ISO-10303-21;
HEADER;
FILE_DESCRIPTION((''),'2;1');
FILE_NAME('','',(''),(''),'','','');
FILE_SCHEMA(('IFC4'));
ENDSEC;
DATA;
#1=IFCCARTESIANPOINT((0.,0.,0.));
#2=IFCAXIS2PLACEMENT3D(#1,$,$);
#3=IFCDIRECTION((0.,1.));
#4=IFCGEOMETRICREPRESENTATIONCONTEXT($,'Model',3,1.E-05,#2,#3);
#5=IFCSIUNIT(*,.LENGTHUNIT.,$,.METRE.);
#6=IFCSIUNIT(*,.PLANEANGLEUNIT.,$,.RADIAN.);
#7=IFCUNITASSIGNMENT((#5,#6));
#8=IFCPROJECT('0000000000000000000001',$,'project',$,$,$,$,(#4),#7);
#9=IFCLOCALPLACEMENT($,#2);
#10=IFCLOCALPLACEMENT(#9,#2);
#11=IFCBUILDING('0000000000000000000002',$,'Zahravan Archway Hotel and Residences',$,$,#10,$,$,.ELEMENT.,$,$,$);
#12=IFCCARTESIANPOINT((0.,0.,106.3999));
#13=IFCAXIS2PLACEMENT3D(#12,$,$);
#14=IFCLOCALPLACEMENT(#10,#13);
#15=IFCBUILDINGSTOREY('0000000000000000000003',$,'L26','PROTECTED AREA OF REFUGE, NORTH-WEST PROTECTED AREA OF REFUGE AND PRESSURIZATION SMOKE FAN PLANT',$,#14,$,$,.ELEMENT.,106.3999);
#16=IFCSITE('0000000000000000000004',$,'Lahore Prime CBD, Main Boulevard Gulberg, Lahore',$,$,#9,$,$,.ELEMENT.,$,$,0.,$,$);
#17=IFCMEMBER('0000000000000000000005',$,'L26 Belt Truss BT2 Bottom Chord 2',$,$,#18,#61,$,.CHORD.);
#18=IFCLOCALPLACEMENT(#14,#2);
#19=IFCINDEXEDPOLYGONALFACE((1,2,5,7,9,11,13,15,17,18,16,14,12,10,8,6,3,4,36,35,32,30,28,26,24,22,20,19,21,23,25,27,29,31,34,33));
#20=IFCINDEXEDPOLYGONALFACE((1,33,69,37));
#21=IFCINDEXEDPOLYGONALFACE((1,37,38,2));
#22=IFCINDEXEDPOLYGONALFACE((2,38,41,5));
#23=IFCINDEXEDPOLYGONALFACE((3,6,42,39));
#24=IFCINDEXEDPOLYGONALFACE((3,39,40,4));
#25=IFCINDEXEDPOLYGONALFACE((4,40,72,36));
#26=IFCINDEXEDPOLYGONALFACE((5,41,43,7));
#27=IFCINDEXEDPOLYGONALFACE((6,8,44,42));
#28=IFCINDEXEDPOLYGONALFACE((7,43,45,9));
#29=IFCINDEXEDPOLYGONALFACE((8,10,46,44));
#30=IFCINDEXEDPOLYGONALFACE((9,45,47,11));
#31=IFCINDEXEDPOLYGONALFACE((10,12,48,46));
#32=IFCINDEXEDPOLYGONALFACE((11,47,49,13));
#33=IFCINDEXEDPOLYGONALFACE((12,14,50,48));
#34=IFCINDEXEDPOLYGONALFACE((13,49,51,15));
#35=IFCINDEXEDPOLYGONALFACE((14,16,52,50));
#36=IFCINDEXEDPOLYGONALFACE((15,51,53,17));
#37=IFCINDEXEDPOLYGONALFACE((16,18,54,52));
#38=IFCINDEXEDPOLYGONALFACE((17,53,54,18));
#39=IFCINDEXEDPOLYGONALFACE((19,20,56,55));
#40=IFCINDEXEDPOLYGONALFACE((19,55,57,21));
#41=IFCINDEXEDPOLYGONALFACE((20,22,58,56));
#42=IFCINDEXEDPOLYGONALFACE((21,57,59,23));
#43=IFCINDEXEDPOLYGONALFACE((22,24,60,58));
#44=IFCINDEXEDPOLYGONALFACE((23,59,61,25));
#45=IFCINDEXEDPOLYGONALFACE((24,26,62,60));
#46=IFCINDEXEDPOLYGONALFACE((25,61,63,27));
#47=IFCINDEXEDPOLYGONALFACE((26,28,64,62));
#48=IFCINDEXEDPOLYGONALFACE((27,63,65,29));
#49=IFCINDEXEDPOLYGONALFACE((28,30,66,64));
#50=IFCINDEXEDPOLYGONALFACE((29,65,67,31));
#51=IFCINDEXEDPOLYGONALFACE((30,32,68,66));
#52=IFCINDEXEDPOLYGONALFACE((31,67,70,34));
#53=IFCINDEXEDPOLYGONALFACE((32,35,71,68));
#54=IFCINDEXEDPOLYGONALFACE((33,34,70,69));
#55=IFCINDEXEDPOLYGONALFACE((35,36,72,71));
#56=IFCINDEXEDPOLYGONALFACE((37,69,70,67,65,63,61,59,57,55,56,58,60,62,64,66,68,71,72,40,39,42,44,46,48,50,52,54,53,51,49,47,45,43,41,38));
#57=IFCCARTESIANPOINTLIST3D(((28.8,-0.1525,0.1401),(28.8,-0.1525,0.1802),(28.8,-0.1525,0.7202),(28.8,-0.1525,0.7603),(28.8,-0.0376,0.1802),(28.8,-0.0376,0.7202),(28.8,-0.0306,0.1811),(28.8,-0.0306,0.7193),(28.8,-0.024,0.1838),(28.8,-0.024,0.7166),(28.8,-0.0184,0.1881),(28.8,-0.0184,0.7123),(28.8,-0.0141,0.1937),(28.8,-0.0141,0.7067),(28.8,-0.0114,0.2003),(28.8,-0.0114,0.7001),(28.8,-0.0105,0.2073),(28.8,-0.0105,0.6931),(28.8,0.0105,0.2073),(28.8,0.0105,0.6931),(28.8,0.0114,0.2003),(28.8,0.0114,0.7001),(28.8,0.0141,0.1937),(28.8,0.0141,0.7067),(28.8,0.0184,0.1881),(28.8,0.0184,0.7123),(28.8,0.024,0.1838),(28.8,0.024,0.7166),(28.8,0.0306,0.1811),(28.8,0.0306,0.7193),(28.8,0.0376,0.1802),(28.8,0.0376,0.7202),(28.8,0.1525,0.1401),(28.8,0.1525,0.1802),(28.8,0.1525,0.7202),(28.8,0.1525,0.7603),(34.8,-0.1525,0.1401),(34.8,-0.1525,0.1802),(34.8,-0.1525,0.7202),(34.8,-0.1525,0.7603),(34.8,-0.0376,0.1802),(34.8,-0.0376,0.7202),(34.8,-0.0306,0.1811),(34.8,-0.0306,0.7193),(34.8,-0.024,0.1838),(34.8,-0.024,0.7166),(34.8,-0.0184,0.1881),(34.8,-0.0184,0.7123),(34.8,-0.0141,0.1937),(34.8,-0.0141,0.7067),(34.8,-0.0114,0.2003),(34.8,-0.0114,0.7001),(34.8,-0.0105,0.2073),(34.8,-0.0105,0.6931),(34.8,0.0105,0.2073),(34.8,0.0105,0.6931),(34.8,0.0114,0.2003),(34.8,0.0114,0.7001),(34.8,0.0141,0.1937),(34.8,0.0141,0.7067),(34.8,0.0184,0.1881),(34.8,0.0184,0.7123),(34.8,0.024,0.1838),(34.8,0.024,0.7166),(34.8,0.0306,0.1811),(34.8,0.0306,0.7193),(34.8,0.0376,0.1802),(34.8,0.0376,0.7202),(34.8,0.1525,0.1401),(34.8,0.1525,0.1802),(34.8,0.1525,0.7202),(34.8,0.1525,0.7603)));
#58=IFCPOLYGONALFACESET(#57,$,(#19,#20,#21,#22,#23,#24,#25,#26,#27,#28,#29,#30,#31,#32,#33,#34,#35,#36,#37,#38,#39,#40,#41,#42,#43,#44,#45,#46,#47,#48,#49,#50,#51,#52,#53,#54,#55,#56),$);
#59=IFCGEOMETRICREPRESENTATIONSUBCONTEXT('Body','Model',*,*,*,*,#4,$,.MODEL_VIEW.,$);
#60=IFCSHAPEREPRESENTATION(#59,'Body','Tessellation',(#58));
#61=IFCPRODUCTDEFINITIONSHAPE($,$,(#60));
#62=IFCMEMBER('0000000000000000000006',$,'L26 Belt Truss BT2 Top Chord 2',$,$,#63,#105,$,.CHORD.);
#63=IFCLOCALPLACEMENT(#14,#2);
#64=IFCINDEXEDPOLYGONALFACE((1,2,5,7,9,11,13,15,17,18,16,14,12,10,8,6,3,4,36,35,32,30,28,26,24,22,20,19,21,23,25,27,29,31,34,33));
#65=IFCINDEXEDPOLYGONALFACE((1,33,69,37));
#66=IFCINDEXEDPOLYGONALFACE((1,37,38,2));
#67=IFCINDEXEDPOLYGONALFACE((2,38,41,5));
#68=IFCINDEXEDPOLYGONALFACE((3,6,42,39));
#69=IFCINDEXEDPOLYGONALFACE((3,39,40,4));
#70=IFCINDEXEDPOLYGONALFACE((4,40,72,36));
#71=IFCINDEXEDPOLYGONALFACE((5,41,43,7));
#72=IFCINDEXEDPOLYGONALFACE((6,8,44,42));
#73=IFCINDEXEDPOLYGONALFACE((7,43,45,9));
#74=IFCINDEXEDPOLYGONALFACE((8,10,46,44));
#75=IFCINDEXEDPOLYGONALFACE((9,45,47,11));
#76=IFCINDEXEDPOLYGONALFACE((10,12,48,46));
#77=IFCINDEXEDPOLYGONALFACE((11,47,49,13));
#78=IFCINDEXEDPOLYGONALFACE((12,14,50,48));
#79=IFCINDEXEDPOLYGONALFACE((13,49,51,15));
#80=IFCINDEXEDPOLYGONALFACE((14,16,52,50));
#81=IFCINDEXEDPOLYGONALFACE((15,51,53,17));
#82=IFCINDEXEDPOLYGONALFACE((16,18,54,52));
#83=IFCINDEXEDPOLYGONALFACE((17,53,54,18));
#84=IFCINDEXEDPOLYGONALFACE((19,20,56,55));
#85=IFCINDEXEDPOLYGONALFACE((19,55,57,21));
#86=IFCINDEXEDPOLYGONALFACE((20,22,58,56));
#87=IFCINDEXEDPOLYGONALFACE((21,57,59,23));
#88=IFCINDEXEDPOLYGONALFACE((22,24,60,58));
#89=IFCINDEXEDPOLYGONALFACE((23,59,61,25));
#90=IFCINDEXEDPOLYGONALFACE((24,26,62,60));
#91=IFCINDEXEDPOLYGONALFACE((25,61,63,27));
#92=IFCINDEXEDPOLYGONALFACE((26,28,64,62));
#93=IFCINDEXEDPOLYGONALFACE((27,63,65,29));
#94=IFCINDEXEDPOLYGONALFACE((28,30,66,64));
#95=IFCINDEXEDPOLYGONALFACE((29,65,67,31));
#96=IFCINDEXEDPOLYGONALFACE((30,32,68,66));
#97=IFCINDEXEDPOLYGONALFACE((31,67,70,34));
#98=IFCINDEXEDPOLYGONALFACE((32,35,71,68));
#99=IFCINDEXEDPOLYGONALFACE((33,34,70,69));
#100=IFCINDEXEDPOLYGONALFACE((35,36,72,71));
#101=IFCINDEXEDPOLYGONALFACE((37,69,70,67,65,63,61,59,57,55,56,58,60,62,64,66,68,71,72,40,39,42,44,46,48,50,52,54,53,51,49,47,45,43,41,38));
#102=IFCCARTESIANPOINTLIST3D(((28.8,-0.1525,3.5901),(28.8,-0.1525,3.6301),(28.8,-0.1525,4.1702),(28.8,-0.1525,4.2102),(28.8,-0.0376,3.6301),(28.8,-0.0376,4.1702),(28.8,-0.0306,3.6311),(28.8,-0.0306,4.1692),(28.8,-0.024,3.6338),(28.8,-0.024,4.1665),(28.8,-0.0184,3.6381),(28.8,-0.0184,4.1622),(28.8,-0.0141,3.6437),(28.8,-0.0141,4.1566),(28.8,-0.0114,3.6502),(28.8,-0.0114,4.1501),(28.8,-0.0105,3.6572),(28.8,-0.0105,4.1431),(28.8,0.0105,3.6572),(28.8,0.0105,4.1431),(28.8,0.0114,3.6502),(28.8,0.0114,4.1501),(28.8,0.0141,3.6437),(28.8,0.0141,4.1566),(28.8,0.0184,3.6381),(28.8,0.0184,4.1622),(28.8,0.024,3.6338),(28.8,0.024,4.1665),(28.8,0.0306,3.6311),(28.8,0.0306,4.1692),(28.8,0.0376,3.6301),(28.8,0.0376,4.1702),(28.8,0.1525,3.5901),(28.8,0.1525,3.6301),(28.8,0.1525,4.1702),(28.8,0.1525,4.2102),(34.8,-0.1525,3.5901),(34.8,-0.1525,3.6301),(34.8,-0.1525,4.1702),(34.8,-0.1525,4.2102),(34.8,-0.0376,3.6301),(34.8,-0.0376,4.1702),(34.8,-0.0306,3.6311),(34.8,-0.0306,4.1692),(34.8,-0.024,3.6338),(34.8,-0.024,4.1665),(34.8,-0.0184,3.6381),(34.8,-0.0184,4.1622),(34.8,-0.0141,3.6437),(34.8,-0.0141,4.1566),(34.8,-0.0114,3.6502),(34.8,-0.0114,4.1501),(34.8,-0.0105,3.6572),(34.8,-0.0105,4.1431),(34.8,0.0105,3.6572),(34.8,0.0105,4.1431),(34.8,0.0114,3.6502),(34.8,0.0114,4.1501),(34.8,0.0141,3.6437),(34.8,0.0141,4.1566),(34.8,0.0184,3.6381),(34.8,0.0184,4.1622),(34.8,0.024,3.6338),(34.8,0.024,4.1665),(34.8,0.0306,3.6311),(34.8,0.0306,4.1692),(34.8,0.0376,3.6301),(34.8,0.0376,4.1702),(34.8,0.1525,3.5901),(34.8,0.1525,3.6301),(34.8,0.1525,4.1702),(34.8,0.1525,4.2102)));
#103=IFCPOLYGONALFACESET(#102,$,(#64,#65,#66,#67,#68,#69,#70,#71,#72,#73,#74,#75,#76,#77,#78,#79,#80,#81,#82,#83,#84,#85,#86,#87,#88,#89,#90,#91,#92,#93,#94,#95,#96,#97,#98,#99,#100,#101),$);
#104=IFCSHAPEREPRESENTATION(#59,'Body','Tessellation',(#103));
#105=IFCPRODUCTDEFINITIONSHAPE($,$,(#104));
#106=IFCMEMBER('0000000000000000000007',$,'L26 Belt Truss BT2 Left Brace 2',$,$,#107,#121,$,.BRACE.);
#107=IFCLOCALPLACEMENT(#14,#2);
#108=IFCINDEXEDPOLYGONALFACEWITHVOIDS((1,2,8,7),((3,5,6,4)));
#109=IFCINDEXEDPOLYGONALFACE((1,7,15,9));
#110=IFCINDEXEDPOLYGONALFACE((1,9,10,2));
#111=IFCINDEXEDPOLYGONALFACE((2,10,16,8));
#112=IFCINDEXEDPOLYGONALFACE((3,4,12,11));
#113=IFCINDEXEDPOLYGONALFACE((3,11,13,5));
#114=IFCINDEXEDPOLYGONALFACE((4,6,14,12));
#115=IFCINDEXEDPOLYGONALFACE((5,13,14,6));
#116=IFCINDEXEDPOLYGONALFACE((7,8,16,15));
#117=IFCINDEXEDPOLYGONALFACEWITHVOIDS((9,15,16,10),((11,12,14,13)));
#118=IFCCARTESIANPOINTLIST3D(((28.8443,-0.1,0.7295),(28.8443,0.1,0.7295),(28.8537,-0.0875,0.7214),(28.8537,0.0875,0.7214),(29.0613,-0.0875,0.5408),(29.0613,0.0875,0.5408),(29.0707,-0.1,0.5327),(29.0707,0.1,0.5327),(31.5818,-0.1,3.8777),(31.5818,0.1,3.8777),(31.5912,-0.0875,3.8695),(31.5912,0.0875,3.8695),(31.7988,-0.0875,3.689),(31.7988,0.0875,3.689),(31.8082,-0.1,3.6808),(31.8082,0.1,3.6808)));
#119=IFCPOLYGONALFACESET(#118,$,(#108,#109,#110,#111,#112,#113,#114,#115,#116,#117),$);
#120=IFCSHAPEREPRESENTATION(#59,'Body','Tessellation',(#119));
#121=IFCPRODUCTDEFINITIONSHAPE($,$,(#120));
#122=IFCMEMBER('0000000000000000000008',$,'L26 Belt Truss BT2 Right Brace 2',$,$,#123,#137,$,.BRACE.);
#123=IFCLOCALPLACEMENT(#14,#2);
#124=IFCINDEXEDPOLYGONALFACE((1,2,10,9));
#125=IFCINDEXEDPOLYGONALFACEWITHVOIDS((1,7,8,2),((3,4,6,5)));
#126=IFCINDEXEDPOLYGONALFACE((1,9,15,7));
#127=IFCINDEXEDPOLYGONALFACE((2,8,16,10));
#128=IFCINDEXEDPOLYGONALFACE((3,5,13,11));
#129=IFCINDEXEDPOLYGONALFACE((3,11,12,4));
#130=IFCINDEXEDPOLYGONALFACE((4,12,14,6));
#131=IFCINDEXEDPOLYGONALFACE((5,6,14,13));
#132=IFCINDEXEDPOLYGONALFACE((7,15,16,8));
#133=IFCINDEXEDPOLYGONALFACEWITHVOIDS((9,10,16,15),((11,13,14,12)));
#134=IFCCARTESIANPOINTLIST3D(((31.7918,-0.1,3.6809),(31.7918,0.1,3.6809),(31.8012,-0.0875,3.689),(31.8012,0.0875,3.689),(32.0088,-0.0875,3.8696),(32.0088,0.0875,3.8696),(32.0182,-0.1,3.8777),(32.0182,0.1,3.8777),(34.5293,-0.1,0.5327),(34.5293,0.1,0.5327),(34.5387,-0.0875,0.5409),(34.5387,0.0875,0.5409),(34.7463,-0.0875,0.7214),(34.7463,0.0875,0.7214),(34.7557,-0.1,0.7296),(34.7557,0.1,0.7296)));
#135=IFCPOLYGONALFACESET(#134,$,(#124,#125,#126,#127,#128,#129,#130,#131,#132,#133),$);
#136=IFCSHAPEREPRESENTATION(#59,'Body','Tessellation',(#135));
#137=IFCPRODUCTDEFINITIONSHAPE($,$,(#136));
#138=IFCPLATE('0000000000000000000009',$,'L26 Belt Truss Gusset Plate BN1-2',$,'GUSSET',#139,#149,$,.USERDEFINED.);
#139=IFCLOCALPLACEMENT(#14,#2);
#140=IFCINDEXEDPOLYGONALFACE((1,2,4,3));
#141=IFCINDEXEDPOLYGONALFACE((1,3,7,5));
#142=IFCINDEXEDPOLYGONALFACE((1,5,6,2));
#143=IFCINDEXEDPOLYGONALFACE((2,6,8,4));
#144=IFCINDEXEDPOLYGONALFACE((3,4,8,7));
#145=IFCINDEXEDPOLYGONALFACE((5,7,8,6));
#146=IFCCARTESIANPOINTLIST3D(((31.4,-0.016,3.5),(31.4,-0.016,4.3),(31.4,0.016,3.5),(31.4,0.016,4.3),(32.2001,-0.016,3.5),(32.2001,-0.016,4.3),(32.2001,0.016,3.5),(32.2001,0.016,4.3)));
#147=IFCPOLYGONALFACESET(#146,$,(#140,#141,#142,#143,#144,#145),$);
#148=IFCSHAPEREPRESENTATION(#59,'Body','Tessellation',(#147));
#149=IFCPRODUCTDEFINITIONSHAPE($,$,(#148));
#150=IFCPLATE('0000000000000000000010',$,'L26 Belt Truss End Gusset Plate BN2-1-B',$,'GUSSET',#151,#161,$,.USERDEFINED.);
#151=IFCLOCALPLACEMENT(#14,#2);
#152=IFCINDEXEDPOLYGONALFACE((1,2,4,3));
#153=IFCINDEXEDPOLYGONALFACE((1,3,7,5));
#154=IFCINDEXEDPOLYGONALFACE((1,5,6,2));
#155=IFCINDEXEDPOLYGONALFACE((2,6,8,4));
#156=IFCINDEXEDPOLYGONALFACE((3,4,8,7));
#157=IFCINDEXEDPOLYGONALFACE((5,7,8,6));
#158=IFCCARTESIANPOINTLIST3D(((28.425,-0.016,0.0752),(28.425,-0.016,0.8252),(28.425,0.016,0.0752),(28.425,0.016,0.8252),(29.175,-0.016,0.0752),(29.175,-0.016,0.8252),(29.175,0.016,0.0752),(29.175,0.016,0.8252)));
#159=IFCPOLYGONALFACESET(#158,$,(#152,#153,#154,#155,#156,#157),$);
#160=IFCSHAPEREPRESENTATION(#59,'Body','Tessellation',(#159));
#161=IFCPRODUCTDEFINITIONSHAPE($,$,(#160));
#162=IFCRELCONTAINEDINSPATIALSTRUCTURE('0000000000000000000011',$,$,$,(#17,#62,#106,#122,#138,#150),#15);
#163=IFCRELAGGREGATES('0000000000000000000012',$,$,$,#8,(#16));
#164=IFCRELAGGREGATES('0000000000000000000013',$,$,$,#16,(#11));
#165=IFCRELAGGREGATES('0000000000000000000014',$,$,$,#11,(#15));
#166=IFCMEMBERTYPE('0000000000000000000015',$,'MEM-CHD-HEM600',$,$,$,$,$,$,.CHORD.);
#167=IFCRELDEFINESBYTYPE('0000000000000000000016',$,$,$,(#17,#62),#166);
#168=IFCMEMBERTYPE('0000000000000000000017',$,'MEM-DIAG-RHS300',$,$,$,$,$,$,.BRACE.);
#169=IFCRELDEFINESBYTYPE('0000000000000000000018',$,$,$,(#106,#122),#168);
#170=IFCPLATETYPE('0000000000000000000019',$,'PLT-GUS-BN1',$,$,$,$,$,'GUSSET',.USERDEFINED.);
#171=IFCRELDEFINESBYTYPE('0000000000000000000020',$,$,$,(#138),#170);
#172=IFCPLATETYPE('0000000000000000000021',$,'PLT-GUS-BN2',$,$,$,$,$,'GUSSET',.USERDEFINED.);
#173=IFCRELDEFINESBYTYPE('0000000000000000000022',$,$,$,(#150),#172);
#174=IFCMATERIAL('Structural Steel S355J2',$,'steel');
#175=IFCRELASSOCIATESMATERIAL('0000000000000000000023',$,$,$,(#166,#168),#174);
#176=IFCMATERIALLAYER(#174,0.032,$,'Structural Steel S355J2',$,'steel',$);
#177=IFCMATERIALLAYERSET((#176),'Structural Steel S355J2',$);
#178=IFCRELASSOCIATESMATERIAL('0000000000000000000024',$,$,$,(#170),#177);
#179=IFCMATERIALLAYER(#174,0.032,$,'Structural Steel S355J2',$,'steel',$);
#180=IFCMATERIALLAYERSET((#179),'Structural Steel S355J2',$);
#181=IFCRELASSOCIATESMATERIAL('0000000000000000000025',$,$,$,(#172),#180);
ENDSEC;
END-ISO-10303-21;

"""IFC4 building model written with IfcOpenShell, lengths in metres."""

from ifc_helpers import new_model, si_unit, direction, frame, origin, origin_2d, place, context, subcontext, project, spatial, rectangle, hollow_rectangle, i_section, extrude, source, transform, mapped, material, layer, layer_set, material_profile, profile_set, type_object, type_shapes, element, save


model = new_model("IFC4")

# Units and contexts
model_context = context("Model", 3, precision=1e-05, world=origin(), true_north=direction((0.0, 1.0)))
body_context = subcontext(model_context, "Body", "Model", "MODEL_VIEW")
ifc_project = project(units=[si_unit("LENGTHUNIT", "METRE"), si_unit("PLANEANGLEUNIT", "RADIAN")], contexts=[model_context])

# Site, building, storey
site_placement = place(None, origin())
site = spatial("IfcSite", under=ifc_project, at=site_placement, Name="Lahore Prime CBD, Main Boulevard Gulberg, Lahore", CompositionType="ELEMENT", RefElevation=0.0)
building_placement = place(site_placement, origin())
building = spatial("IfcBuilding", under=site, at=building_placement, Name="Zahravan Archway Hotel and Residences", CompositionType="ELEMENT")
storey_placement = place(building_placement, frame((0.0, 0.0, 106.3999)))
storey = spatial("IfcBuildingStorey", under=building, at=storey_placement, Name="L26", Description="PROTECTED AREA OF REFUGE, NORTH-WEST PROTECTED AREA OF REFUGE AND PRESSURIZATION SMOKE FAN PLANT", CompositionType="ELEMENT", Elevation=106.3999)

# Members
ifc_material_1 = material(Name="Structural Steel S355J2", Category="steel")
ifc_material_profile_1 = material_profile(ifc_material_1, i_section(OverallWidth=0.3049, OverallDepth=0.6201, WebThickness=0.021, FlangeThickness=0.04, FilletRadius=0.0271, at=origin_2d()), Name="HEM 600", Category="steel")
ifc_profile_set_1 = profile_set([ifc_material_profile_1], Name="Structural Steel S355J2")
member_type_1 = type_object("IfcMemberType", Name="MEM-CHD-HEM600", PredefinedType="CHORD", material=ifc_profile_set_1)
shared_shape_1 = source(origin(), body_context, "Body", "SweptSolid", [
    extrude(i_section(OverallWidth=0.3049, OverallDepth=0.6201, WebThickness=0.021, FlangeThickness=0.04, FilletRadius=0.0271, at=origin_2d()), origin(), (0.0, 0.0, 1.0), 6.0),
])
for number, where, z_axis, x_axis, name in (
    (1, (28.8, 0.0, 0.4502), (1.0, 0.0, 0.0), (0.0, 1.0, 0.0), "L26 Belt Truss BT2 Bottom Chord 2"),
    (2, (28.8, 0.0, 3.9001), (1.0, 0.0, 0.0), (0.0, 1.0, 0.0), "L26 Belt Truss BT2 Top Chord 2"),
):
    element("IfcMember", number, at=place(storey_placement, frame(where, z_axis=z_axis, x_axis=x_axis)), inside=storey, type_object=member_type_1, Name=name, PredefinedType="CHORD", context=body_context, shape_type="MappedRepresentation", body=[
        mapped(shared_shape_1, transform((0.0, 0.0, 0.0), scale=1.0)),
    ])
ifc_material_profile_2 = material_profile(ifc_material_1, hollow_rectangle(XDim=0.2, YDim=0.3, WallThickness=0.0125, at=origin_2d()), Name="RHS 300x200x12.5", Category="steel")
ifc_profile_set_2 = profile_set([ifc_material_profile_2], Name="Structural Steel S355J2")
member_type_2 = type_object("IfcMemberType", Name="MEM-DIAG-RHS300", PredefinedType="BRACE", material=ifc_profile_set_2)
shared_shape_2 = source(origin(), body_context, "Body", "SweptSolid", [
    extrude(hollow_rectangle(XDim=0.2, YDim=0.3, WallThickness=0.0125, at=origin_2d()), origin(), (0.0, 0.0, 1.0), 4.1719),
])
for number, where, z_axis, x_axis, name in (
    (3, (28.9575, 0.0, 0.6311), (0.656177, 0.0, 0.754607), (0.0, 1.0, 0.0), "L26 Belt Truss BT2 Left Brace 2"),
    (4, (31.905, 0.0, 3.7793), (0.656177, 0.0, -0.754607), (0.0, 1.0, 0.0), "L26 Belt Truss BT2 Right Brace 2"),
):
    element("IfcMember", number, at=place(storey_placement, frame(where, z_axis=z_axis, x_axis=x_axis)), inside=storey, type_object=member_type_2, Name=name, PredefinedType="BRACE", context=body_context, shape_type="MappedRepresentation", body=[
        mapped(shared_shape_2, transform((0.0, 0.0, 0.0), scale=1.0)),
    ])

# Plates
ifc_layer_1 = layer(ifc_material_1, 0.032, Name="Structural Steel S355J2", Category="steel")
ifc_layer_set_1 = layer_set([ifc_layer_1], Name="Structural Steel S355J2")
plate_type_1 = type_object("IfcPlateType", Name="PLT-GUS-BN1", ElementType="GUSSET", PredefinedType="USERDEFINED", material=ifc_layer_set_1)
shared_shape_3 = source(origin(), body_context, "Body", "SweptSolid", [
    extrude(rectangle(XDim=0.8, YDim=0.032, at=origin_2d()), origin(), (0.0, 0.0, 1.0), 0.8),
])
type_shapes(plate_type_1, [shared_shape_3])
plate_1_placement = place(storey_placement, frame((31.8, 0.0, 3.5), z_axis=(0.0, 0.0, 1.0), x_axis=(1.0, 0.0, 0.0)))
element("IfcPlate", 5, at=plate_1_placement, inside=storey, type_object=plate_type_1, Name="L26 Belt Truss Gusset Plate BN1-2", ObjectType="GUSSET", PredefinedType="USERDEFINED", context=body_context, shape_type="MappedRepresentation", body=[
    mapped(shared_shape_3, transform((0.0, 0.0, 0.0), scale=1.0)),
])
ifc_layer_2 = layer(ifc_material_1, 0.032, Name="Structural Steel S355J2", Category="steel")
ifc_layer_set_2 = layer_set([ifc_layer_2], Name="Structural Steel S355J2")
plate_type_2 = type_object("IfcPlateType", Name="PLT-GUS-BN2", ElementType="GUSSET", PredefinedType="USERDEFINED", material=ifc_layer_set_2)
shared_shape_4 = source(origin(), body_context, "Body", "SweptSolid", [
    extrude(rectangle(XDim=0.75, YDim=0.032, at=origin_2d()), origin(), (0.0, 0.0, 1.0), 0.75),
])
type_shapes(plate_type_2, [shared_shape_4])
plate_2_placement = place(storey_placement, frame((28.8, 0.0, 0.0752), z_axis=(0.0, 0.0, 1.0), x_axis=(1.0, 0.0, 0.0)))
element("IfcPlate", 6, at=plate_2_placement, inside=storey, type_object=plate_type_2, Name="L26 Belt Truss End Gusset Plate BN2-1-B", ObjectType="GUSSET", PredefinedType="USERDEFINED", context=body_context, shape_type="MappedRepresentation", body=[
    mapped(shared_shape_4, transform((0.0, 0.0, 0.0), scale=1.0)),
])

save(model, "model.ifc")
